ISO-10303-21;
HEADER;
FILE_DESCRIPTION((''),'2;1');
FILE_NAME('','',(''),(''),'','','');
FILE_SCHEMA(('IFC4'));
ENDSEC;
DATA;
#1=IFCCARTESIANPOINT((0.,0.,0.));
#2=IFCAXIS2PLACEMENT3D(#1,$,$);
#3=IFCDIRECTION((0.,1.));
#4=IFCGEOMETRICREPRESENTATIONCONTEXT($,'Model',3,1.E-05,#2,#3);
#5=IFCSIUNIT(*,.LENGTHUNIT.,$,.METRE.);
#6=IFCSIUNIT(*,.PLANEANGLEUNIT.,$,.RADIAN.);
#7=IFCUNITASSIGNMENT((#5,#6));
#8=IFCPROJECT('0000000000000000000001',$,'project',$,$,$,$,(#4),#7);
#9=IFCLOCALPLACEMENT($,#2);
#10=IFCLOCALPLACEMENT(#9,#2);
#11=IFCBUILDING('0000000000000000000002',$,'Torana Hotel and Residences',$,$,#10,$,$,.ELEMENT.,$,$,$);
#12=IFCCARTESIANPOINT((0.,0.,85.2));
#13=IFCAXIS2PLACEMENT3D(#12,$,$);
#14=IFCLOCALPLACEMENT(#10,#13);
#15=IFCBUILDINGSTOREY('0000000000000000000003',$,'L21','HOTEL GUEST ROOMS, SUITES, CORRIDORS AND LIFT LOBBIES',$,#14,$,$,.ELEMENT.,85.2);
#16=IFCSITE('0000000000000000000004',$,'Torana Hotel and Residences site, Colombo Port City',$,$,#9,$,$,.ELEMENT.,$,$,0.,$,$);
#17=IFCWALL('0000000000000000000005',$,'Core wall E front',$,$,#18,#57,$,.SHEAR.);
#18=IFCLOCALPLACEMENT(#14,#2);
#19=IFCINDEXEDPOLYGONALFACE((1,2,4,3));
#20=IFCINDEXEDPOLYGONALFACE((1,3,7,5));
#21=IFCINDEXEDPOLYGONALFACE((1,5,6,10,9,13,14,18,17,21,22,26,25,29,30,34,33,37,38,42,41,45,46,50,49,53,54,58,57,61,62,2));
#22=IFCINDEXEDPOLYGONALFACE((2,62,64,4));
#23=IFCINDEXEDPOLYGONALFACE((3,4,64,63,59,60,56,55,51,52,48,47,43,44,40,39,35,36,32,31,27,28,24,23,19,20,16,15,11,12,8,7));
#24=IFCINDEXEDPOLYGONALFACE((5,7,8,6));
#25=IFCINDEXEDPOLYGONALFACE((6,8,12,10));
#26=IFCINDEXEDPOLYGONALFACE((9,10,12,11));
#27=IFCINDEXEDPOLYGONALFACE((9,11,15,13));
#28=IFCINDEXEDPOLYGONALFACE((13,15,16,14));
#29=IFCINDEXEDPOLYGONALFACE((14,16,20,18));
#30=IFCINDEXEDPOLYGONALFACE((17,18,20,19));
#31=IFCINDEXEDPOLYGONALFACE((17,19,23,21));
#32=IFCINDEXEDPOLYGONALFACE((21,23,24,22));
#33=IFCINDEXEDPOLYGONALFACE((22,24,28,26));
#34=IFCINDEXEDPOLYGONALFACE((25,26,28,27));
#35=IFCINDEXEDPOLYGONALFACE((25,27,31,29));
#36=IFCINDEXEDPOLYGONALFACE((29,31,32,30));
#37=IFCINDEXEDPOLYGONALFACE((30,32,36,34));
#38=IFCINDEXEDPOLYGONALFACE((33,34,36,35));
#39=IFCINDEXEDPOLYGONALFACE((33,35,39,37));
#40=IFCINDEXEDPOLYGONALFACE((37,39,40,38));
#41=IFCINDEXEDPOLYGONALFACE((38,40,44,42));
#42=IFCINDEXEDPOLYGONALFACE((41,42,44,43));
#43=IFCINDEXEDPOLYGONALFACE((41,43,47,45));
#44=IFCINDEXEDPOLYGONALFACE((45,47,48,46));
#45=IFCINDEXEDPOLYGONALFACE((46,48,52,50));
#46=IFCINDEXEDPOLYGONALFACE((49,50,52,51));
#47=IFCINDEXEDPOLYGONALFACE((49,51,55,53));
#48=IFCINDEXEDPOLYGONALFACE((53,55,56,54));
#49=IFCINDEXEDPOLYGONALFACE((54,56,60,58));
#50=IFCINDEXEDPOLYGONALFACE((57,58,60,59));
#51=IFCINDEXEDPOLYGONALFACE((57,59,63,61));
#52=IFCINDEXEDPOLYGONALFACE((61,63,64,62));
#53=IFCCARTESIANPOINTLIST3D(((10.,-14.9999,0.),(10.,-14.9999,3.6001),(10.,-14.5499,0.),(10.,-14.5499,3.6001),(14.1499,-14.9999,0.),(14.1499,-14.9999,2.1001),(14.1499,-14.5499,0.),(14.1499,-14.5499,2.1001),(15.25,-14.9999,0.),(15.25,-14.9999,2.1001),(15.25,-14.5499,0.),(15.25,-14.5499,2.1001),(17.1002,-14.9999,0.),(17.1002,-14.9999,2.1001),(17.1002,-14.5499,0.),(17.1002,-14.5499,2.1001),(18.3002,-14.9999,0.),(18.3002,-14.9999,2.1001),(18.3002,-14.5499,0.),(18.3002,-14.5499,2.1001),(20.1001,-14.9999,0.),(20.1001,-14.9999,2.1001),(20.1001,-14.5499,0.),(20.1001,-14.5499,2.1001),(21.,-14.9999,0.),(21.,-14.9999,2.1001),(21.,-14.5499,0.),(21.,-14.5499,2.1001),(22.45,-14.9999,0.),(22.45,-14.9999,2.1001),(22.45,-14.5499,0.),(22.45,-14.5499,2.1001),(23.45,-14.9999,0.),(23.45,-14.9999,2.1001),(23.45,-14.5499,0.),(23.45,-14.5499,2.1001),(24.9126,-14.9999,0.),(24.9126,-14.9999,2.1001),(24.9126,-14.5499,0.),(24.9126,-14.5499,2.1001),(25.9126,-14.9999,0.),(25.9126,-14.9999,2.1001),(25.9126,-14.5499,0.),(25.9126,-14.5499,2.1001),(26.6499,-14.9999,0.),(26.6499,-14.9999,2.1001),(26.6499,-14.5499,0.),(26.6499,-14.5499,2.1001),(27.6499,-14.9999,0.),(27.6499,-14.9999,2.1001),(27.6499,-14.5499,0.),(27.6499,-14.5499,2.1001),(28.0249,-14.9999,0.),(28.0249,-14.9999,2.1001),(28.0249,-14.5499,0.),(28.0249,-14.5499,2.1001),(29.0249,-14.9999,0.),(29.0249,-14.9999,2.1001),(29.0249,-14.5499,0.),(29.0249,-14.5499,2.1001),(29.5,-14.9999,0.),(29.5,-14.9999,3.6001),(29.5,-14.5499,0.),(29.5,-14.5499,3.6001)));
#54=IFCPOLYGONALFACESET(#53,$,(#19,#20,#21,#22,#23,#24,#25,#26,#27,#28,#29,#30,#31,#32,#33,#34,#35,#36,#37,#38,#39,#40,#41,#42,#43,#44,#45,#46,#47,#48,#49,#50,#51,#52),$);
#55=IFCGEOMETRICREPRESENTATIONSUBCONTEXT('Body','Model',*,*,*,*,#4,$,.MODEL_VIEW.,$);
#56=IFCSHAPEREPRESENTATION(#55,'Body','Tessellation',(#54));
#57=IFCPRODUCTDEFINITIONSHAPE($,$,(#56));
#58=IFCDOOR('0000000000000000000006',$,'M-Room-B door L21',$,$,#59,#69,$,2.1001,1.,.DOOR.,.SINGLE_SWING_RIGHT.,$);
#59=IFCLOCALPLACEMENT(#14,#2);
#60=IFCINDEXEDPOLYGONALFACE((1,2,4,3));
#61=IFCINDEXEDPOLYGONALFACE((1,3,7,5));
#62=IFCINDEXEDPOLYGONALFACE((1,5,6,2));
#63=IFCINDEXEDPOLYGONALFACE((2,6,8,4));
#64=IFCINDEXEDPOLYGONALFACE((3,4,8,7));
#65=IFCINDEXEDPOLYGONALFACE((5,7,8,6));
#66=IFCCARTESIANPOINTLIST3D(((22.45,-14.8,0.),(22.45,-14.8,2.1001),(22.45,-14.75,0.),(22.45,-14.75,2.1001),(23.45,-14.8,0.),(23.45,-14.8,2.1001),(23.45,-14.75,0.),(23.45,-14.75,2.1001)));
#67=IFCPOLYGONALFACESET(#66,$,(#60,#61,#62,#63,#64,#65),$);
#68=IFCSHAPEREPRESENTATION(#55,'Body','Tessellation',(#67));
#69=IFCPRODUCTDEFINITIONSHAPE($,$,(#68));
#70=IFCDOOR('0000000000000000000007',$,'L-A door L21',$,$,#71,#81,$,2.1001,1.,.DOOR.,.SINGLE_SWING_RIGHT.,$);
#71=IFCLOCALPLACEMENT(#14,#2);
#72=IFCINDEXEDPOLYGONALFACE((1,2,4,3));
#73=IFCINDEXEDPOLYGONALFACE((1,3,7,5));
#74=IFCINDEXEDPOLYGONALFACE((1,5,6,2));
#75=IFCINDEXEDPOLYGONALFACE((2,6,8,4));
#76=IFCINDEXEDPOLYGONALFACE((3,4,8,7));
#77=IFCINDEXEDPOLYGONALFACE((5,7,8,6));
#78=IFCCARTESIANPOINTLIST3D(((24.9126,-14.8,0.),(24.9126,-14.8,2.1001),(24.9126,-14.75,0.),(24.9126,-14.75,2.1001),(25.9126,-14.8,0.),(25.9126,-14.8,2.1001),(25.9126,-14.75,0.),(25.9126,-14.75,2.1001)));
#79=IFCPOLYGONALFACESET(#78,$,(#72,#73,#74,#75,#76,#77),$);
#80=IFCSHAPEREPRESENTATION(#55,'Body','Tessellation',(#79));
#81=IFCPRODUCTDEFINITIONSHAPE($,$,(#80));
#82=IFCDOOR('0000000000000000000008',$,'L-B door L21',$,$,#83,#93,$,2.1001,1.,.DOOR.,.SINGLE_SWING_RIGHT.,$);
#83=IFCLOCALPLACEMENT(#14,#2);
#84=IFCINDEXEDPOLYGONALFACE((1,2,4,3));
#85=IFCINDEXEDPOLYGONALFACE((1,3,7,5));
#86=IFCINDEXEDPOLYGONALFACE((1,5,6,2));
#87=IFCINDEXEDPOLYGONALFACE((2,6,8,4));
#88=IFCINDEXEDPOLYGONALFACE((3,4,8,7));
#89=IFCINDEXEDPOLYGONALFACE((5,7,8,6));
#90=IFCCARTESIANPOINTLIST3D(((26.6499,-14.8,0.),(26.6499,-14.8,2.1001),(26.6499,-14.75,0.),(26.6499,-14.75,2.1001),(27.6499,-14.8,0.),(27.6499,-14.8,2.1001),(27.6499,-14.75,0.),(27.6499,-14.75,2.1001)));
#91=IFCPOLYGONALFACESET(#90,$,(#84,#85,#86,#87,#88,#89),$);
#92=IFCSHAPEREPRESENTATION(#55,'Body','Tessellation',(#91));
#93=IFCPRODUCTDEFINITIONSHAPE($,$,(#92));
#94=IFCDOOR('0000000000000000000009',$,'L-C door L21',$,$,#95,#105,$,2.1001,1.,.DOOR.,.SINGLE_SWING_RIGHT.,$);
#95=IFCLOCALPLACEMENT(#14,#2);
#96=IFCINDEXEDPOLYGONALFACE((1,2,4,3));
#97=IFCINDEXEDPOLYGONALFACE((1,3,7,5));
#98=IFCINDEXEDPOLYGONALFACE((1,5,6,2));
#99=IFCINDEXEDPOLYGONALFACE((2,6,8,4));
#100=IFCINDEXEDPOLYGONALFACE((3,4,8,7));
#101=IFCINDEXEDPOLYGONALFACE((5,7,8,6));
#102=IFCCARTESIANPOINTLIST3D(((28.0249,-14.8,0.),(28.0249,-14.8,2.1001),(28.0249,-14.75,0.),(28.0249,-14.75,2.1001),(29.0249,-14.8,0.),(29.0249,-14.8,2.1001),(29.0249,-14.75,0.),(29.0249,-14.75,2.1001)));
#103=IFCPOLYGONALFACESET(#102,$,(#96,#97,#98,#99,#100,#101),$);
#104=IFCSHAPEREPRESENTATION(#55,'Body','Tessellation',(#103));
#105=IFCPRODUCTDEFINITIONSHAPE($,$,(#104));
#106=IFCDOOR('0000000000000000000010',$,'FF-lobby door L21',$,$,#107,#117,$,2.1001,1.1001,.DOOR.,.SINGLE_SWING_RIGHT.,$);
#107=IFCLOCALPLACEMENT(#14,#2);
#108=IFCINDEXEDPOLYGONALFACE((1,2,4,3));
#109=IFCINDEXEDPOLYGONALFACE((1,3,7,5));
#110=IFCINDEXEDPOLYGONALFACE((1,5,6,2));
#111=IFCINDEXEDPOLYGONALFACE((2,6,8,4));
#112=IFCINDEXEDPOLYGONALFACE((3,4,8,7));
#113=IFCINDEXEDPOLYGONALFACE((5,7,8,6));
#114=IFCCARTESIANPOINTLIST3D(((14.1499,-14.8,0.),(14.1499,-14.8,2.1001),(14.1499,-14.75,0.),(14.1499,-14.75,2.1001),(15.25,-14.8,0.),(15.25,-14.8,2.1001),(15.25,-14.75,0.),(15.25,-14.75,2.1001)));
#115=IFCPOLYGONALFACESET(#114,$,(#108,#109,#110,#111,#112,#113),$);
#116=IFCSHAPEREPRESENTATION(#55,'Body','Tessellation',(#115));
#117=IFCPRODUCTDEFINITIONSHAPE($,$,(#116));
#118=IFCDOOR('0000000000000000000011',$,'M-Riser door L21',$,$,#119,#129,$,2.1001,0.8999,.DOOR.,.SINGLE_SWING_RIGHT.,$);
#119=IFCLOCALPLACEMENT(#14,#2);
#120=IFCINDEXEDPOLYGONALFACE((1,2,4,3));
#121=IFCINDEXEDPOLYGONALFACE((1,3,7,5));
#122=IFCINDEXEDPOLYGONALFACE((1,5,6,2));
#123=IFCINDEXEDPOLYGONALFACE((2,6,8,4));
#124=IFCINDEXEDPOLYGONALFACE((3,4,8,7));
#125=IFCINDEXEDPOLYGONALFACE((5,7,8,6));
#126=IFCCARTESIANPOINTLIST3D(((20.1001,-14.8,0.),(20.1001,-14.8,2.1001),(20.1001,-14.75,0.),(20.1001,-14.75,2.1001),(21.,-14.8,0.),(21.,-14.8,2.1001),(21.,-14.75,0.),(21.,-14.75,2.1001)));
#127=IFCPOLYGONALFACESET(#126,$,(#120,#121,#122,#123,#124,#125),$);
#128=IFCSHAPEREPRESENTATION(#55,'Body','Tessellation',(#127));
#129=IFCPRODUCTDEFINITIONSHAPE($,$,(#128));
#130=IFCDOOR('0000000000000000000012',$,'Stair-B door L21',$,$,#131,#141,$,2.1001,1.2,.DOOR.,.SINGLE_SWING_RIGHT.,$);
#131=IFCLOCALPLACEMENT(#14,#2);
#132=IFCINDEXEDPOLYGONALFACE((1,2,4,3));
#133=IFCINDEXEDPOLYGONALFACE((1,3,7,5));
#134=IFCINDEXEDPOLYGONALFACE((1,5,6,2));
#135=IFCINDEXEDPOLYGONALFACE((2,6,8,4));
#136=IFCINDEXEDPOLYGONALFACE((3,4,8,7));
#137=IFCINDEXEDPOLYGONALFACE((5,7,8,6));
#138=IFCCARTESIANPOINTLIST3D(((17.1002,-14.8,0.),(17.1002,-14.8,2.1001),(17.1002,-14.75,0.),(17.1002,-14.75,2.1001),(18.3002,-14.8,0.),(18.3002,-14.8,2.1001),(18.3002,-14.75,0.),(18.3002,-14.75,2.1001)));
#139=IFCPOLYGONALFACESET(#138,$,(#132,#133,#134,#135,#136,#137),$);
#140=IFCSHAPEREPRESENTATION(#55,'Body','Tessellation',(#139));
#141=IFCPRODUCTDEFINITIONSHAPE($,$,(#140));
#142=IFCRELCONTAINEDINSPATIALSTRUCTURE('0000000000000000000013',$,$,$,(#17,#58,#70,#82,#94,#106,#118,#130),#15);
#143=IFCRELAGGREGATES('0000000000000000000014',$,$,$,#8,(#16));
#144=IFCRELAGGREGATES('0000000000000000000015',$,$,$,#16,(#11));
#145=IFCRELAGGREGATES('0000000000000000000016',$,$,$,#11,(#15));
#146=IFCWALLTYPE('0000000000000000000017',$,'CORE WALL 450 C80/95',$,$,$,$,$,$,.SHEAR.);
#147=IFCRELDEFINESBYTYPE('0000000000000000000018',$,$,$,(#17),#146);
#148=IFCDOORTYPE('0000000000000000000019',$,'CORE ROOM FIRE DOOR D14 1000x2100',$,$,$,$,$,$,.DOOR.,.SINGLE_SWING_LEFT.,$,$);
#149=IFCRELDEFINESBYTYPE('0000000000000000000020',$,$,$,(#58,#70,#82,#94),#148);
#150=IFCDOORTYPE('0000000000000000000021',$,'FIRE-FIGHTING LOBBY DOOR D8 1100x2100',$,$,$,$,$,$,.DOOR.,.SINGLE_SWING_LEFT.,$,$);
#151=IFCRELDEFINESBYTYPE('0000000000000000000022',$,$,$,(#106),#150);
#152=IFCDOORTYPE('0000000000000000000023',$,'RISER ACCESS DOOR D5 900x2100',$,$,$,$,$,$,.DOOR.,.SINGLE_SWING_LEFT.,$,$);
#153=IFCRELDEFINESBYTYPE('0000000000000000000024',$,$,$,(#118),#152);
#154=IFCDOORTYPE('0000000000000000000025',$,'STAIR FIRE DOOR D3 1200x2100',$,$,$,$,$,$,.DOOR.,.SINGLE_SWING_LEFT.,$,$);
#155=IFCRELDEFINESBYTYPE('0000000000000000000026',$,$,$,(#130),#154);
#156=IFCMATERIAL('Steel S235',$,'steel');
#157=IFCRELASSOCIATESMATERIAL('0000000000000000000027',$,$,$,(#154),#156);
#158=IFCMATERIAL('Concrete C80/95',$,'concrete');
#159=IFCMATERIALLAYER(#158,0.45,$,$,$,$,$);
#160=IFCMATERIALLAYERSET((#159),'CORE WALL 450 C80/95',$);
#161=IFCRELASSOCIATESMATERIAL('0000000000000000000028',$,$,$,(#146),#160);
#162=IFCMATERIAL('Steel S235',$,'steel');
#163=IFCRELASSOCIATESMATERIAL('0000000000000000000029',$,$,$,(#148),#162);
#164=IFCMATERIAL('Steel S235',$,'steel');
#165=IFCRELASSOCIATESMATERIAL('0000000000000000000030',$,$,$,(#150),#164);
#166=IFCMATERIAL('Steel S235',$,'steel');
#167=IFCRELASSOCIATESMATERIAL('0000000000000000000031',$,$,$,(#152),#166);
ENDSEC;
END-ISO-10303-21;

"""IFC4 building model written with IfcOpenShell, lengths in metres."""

from ifc_helpers import new_model, si_unit, direction, frame, frame_2d, origin, place, context, subcontext, project, spatial, rectangle, extrude, material, layer, layer_set, type_object, element, fill, save


model = new_model("IFC4")

# Units and contexts
model_context = context("Model", 3, precision=1e-05, world=origin(), true_north=direction((0.0, 1.0)))
body_context = subcontext(model_context, "Body", "Model", "MODEL_VIEW")
ifc_project = project(units=[si_unit("LENGTHUNIT", "METRE"), si_unit("PLANEANGLEUNIT", "RADIAN")], contexts=[model_context])

# Site, building, storey
site_placement = place(None, origin())
site = spatial("IfcSite", under=ifc_project, at=site_placement, Name="Torana Hotel and Residences site, Colombo Port City", CompositionType="ELEMENT", RefElevation=0.0)
building_placement = place(site_placement, origin())
building = spatial("IfcBuilding", under=site, at=building_placement, Name="Torana Hotel and Residences", CompositionType="ELEMENT")
storey_placement = place(building_placement, frame((0.0, 0.0, 85.2)))
storey = spatial("IfcBuildingStorey", under=building, at=storey_placement, Name="L21", Description="HOTEL GUEST ROOMS, SUITES, CORRIDORS AND LIFT LOBBIES", CompositionType="ELEMENT", Elevation=85.2)

# Shared definitions
ifc_material_1 = material(Name="Steel S235", Category="steel")
door_type_1 = type_object("IfcDoorType", Name="STAIR FIRE DOOR D3 1200x2100", OperationType="SINGLE_SWING_LEFT", PredefinedType="DOOR", material=ifc_material_1)

# Wall, openings, doors
ifc_material_2 = material(Name="Concrete C80/95", Category="concrete")
ifc_layer_1 = layer(ifc_material_2, 0.45)
ifc_layer_set_1 = layer_set([ifc_layer_1], Name="CORE WALL 450 C80/95")
wall_type_1 = type_object("IfcWallType", Name="CORE WALL 450 C80/95", PredefinedType="SHEAR", material=ifc_layer_set_1)
wall_1_placement = place(storey_placement, frame((10.0, -14.7749, 0.0), z_axis=(0.0, 0.0, 1.0), x_axis=(1.0, 0.0, 0.0)))
wall_1 = element("IfcWall", 1, at=wall_1_placement, inside=storey, type_object=wall_type_1, Name="Core wall E front", PredefinedType="SHEAR", context=body_context, shape_type="SweptSolid", body=[
    extrude(rectangle(XDim=19.5, YDim=0.45, at=frame_2d((9.75, 0.0))), origin(), (0.0, 0.0, 1.0), 3.6001),
])
opening_1_placement = place(wall_1_placement, frame((7.1001, 0.0, 0.0)))
opening_1 = element("IfcOpeningElement", 2, at=opening_1_placement, cuts=wall_1, PredefinedType="OPENING", context=body_context, shape_type="SweptSolid", body=[
    extrude(rectangle(XDim=1.2, YDim=2.1001, at=frame_2d((0.6001, 1.05))), frame((0.0, 0.2349, 0.0), z_axis=(0.0, -1.0, 0.0), x_axis=(1.0, 0.0, 0.0)), (0.0, 0.0, 1.0), 0.47),
])
opening_2_placement = place(wall_1_placement, frame((4.1499, 0.0, 0.0)))
opening_2 = element("IfcOpeningElement", 3, at=opening_2_placement, cuts=wall_1, PredefinedType="OPENING", context=body_context, shape_type="SweptSolid", body=[
    extrude(rectangle(XDim=1.1001, YDim=2.1001, at=frame_2d((0.55, 1.05))), frame((0.0, 0.2349, 0.0), z_axis=(0.0, -1.0, 0.0), x_axis=(1.0, 0.0, 0.0)), (0.0, 0.0, 1.0), 0.47),
])
opening_3_placement = place(wall_1_placement, frame((10.1001, 0.0, 0.0)))
opening_3 = element("IfcOpeningElement", 4, at=opening_3_placement, cuts=wall_1, PredefinedType="OPENING", context=body_context, shape_type="SweptSolid", body=[
    extrude(rectangle(XDim=0.8999, YDim=2.1001, at=frame_2d((0.45, 1.05))), frame((0.0, 0.2349, 0.0), z_axis=(0.0, -1.0, 0.0), x_axis=(1.0, 0.0, 0.0)), (0.0, 0.0, 1.0), 0.47),
])
opening_4_placement = place(wall_1_placement, frame((12.45, 0.0, 0.0)))
opening_4 = element("IfcOpeningElement", 5, at=opening_4_placement, cuts=wall_1, PredefinedType="OPENING", context=body_context, shape_type="SweptSolid", body=[
    extrude(rectangle(XDim=1.0, YDim=2.1001, at=frame_2d((0.5, 1.05))), frame((0.0, 0.2349, 0.0), z_axis=(0.0, -1.0, 0.0), x_axis=(1.0, 0.0, 0.0)), (0.0, 0.0, 1.0), 0.47),
])
opening_5_placement = place(wall_1_placement, frame((14.9126, 0.0, 0.0)))
opening_5 = element("IfcOpeningElement", 6, at=opening_5_placement, cuts=wall_1, PredefinedType="OPENING", context=body_context, shape_type="SweptSolid", body=[
    extrude(rectangle(XDim=1.0, YDim=2.1001, at=frame_2d((0.5, 1.05))), frame((0.0, 0.2349, 0.0), z_axis=(0.0, -1.0, 0.0), x_axis=(1.0, 0.0, 0.0)), (0.0, 0.0, 1.0), 0.47),
])
opening_6_placement = place(wall_1_placement, frame((16.6499, 0.0, 0.0)))
opening_6 = element("IfcOpeningElement", 7, at=opening_6_placement, cuts=wall_1, PredefinedType="OPENING", context=body_context, shape_type="SweptSolid", body=[
    extrude(rectangle(XDim=1.0, YDim=2.1001, at=frame_2d((0.5, 1.05))), frame((0.0, 0.2349, 0.0), z_axis=(0.0, -1.0, 0.0), x_axis=(1.0, 0.0, 0.0)), (0.0, 0.0, 1.0), 0.47),
])
opening_7_placement = place(wall_1_placement, frame((18.0249, 0.0, 0.0)))
opening_7 = element("IfcOpeningElement", 8, at=opening_7_placement, cuts=wall_1, PredefinedType="OPENING", context=body_context, shape_type="SweptSolid", body=[
    extrude(rectangle(XDim=1.0, YDim=2.1001, at=frame_2d((0.5, 1.05))), frame((0.0, 0.2349, 0.0), z_axis=(0.0, -1.0, 0.0), x_axis=(1.0, 0.0, 0.0)), (0.0, 0.0, 1.0), 0.47),
])
ifc_material_3 = material(Name="Steel S235", Category="steel")
door_type_2 = type_object("IfcDoorType", Name="CORE ROOM FIRE DOOR D14 1000x2100", OperationType="SINGLE_SWING_LEFT", PredefinedType="DOOR", material=ifc_material_3)
door_1_placement = place(opening_4_placement, origin())
door_1 = element("IfcDoor", 9, at=door_1_placement, inside=storey, type_object=door_type_2, Name="M-Room-B door L21", OperationType="SINGLE_SWING_RIGHT", OverallHeight=2.1001, OverallWidth=1.0, PredefinedType="DOOR", context=body_context, shape_type="SweptSolid", body=[
    extrude(rectangle(XDim=1.0, YDim=2.1001, at=frame_2d((0.5, 1.05))), frame((0.0, 0.0249, 0.0), z_axis=(0.0, -1.0, 0.0), x_axis=(1.0, 0.0, 0.0)), (0.0, 0.0, 1.0), 0.05),
])
fill(opening_4, door_1)
door_2_placement = place(opening_5_placement, origin())
door_2 = element("IfcDoor", 10, at=door_2_placement, inside=storey, type_object=door_type_2, Name="L-A door L21", OperationType="SINGLE_SWING_RIGHT", OverallHeight=2.1001, OverallWidth=1.0, PredefinedType="DOOR", context=body_context, shape_type="SweptSolid", body=[
    extrude(rectangle(XDim=1.0, YDim=2.1001, at=frame_2d((0.5, 1.05))), frame((0.0, 0.0249, 0.0), z_axis=(0.0, -1.0, 0.0), x_axis=(1.0, 0.0, 0.0)), (0.0, 0.0, 1.0), 0.05),
])
fill(opening_5, door_2)
door_3_placement = place(opening_6_placement, origin())
door_3 = element("IfcDoor", 11, at=door_3_placement, inside=storey, type_object=door_type_2, Name="L-B door L21", OperationType="SINGLE_SWING_RIGHT", OverallHeight=2.1001, OverallWidth=1.0, PredefinedType="DOOR", context=body_context, shape_type="SweptSolid", body=[
    extrude(rectangle(XDim=1.0, YDim=2.1001, at=frame_2d((0.5, 1.05))), frame((0.0, 0.0249, 0.0), z_axis=(0.0, -1.0, 0.0), x_axis=(1.0, 0.0, 0.0)), (0.0, 0.0, 1.0), 0.05),
])
fill(opening_6, door_3)
door_4_placement = place(opening_7_placement, origin())
door_4 = element("IfcDoor", 12, at=door_4_placement, inside=storey, type_object=door_type_2, Name="L-C door L21", OperationType="SINGLE_SWING_RIGHT", OverallHeight=2.1001, OverallWidth=1.0, PredefinedType="DOOR", context=body_context, shape_type="SweptSolid", body=[
    extrude(rectangle(XDim=1.0, YDim=2.1001, at=frame_2d((0.5, 1.05))), frame((0.0, 0.0249, 0.0), z_axis=(0.0, -1.0, 0.0), x_axis=(1.0, 0.0, 0.0)), (0.0, 0.0, 1.0), 0.05),
])
fill(opening_7, door_4)
ifc_material_4 = material(Name="Steel S235", Category="steel")
door_type_3 = type_object("IfcDoorType", Name="FIRE-FIGHTING LOBBY DOOR D8 1100x2100", OperationType="SINGLE_SWING_LEFT", PredefinedType="DOOR", material=ifc_material_4)
door_5_placement = place(opening_2_placement, origin())
door_5 = element("IfcDoor", 13, at=door_5_placement, inside=storey, type_object=door_type_3, Name="FF-lobby door L21", OperationType="SINGLE_SWING_RIGHT", OverallHeight=2.1001, OverallWidth=1.1001, PredefinedType="DOOR", context=body_context, shape_type="SweptSolid", body=[
    extrude(rectangle(XDim=1.1001, YDim=2.1001, at=frame_2d((0.55, 1.05))), frame((0.0, 0.0249, 0.0), z_axis=(0.0, -1.0, 0.0), x_axis=(1.0, 0.0, 0.0)), (0.0, 0.0, 1.0), 0.05),
])
fill(opening_2, door_5)
ifc_material_5 = material(Name="Steel S235", Category="steel")
door_type_4 = type_object("IfcDoorType", Name="RISER ACCESS DOOR D5 900x2100", OperationType="SINGLE_SWING_LEFT", PredefinedType="DOOR", material=ifc_material_5)
door_6_placement = place(opening_3_placement, origin())
door_6 = element("IfcDoor", 14, at=door_6_placement, inside=storey, type_object=door_type_4, Name="M-Riser door L21", OperationType="SINGLE_SWING_RIGHT", OverallHeight=2.1001, OverallWidth=0.8999, PredefinedType="DOOR", context=body_context, shape_type="SweptSolid", body=[
    extrude(rectangle(XDim=0.8999, YDim=2.1001, at=frame_2d((0.45, 1.05))), frame((0.0, 0.0249, 0.0), z_axis=(0.0, -1.0, 0.0), x_axis=(1.0, 0.0, 0.0)), (0.0, 0.0, 1.0), 0.05),
])
fill(opening_3, door_6)
door_7_placement = place(opening_1_placement, origin())
door_7 = element("IfcDoor", 15, at=door_7_placement, inside=storey, type_object=door_type_1, Name="Stair-B door L21", OperationType="SINGLE_SWING_RIGHT", OverallHeight=2.1001, OverallWidth=1.2, PredefinedType="DOOR", context=body_context, shape_type="SweptSolid", body=[
    extrude(rectangle(XDim=1.2, YDim=2.1001, at=frame_2d((0.6001, 1.05))), frame((0.0, 0.0249, 0.0), z_axis=(0.0, -1.0, 0.0), x_axis=(1.0, 0.0, 0.0)), (0.0, 0.0, 1.0), 0.05),
])
fill(opening_1, door_7)

save(model, "model.ifc")
